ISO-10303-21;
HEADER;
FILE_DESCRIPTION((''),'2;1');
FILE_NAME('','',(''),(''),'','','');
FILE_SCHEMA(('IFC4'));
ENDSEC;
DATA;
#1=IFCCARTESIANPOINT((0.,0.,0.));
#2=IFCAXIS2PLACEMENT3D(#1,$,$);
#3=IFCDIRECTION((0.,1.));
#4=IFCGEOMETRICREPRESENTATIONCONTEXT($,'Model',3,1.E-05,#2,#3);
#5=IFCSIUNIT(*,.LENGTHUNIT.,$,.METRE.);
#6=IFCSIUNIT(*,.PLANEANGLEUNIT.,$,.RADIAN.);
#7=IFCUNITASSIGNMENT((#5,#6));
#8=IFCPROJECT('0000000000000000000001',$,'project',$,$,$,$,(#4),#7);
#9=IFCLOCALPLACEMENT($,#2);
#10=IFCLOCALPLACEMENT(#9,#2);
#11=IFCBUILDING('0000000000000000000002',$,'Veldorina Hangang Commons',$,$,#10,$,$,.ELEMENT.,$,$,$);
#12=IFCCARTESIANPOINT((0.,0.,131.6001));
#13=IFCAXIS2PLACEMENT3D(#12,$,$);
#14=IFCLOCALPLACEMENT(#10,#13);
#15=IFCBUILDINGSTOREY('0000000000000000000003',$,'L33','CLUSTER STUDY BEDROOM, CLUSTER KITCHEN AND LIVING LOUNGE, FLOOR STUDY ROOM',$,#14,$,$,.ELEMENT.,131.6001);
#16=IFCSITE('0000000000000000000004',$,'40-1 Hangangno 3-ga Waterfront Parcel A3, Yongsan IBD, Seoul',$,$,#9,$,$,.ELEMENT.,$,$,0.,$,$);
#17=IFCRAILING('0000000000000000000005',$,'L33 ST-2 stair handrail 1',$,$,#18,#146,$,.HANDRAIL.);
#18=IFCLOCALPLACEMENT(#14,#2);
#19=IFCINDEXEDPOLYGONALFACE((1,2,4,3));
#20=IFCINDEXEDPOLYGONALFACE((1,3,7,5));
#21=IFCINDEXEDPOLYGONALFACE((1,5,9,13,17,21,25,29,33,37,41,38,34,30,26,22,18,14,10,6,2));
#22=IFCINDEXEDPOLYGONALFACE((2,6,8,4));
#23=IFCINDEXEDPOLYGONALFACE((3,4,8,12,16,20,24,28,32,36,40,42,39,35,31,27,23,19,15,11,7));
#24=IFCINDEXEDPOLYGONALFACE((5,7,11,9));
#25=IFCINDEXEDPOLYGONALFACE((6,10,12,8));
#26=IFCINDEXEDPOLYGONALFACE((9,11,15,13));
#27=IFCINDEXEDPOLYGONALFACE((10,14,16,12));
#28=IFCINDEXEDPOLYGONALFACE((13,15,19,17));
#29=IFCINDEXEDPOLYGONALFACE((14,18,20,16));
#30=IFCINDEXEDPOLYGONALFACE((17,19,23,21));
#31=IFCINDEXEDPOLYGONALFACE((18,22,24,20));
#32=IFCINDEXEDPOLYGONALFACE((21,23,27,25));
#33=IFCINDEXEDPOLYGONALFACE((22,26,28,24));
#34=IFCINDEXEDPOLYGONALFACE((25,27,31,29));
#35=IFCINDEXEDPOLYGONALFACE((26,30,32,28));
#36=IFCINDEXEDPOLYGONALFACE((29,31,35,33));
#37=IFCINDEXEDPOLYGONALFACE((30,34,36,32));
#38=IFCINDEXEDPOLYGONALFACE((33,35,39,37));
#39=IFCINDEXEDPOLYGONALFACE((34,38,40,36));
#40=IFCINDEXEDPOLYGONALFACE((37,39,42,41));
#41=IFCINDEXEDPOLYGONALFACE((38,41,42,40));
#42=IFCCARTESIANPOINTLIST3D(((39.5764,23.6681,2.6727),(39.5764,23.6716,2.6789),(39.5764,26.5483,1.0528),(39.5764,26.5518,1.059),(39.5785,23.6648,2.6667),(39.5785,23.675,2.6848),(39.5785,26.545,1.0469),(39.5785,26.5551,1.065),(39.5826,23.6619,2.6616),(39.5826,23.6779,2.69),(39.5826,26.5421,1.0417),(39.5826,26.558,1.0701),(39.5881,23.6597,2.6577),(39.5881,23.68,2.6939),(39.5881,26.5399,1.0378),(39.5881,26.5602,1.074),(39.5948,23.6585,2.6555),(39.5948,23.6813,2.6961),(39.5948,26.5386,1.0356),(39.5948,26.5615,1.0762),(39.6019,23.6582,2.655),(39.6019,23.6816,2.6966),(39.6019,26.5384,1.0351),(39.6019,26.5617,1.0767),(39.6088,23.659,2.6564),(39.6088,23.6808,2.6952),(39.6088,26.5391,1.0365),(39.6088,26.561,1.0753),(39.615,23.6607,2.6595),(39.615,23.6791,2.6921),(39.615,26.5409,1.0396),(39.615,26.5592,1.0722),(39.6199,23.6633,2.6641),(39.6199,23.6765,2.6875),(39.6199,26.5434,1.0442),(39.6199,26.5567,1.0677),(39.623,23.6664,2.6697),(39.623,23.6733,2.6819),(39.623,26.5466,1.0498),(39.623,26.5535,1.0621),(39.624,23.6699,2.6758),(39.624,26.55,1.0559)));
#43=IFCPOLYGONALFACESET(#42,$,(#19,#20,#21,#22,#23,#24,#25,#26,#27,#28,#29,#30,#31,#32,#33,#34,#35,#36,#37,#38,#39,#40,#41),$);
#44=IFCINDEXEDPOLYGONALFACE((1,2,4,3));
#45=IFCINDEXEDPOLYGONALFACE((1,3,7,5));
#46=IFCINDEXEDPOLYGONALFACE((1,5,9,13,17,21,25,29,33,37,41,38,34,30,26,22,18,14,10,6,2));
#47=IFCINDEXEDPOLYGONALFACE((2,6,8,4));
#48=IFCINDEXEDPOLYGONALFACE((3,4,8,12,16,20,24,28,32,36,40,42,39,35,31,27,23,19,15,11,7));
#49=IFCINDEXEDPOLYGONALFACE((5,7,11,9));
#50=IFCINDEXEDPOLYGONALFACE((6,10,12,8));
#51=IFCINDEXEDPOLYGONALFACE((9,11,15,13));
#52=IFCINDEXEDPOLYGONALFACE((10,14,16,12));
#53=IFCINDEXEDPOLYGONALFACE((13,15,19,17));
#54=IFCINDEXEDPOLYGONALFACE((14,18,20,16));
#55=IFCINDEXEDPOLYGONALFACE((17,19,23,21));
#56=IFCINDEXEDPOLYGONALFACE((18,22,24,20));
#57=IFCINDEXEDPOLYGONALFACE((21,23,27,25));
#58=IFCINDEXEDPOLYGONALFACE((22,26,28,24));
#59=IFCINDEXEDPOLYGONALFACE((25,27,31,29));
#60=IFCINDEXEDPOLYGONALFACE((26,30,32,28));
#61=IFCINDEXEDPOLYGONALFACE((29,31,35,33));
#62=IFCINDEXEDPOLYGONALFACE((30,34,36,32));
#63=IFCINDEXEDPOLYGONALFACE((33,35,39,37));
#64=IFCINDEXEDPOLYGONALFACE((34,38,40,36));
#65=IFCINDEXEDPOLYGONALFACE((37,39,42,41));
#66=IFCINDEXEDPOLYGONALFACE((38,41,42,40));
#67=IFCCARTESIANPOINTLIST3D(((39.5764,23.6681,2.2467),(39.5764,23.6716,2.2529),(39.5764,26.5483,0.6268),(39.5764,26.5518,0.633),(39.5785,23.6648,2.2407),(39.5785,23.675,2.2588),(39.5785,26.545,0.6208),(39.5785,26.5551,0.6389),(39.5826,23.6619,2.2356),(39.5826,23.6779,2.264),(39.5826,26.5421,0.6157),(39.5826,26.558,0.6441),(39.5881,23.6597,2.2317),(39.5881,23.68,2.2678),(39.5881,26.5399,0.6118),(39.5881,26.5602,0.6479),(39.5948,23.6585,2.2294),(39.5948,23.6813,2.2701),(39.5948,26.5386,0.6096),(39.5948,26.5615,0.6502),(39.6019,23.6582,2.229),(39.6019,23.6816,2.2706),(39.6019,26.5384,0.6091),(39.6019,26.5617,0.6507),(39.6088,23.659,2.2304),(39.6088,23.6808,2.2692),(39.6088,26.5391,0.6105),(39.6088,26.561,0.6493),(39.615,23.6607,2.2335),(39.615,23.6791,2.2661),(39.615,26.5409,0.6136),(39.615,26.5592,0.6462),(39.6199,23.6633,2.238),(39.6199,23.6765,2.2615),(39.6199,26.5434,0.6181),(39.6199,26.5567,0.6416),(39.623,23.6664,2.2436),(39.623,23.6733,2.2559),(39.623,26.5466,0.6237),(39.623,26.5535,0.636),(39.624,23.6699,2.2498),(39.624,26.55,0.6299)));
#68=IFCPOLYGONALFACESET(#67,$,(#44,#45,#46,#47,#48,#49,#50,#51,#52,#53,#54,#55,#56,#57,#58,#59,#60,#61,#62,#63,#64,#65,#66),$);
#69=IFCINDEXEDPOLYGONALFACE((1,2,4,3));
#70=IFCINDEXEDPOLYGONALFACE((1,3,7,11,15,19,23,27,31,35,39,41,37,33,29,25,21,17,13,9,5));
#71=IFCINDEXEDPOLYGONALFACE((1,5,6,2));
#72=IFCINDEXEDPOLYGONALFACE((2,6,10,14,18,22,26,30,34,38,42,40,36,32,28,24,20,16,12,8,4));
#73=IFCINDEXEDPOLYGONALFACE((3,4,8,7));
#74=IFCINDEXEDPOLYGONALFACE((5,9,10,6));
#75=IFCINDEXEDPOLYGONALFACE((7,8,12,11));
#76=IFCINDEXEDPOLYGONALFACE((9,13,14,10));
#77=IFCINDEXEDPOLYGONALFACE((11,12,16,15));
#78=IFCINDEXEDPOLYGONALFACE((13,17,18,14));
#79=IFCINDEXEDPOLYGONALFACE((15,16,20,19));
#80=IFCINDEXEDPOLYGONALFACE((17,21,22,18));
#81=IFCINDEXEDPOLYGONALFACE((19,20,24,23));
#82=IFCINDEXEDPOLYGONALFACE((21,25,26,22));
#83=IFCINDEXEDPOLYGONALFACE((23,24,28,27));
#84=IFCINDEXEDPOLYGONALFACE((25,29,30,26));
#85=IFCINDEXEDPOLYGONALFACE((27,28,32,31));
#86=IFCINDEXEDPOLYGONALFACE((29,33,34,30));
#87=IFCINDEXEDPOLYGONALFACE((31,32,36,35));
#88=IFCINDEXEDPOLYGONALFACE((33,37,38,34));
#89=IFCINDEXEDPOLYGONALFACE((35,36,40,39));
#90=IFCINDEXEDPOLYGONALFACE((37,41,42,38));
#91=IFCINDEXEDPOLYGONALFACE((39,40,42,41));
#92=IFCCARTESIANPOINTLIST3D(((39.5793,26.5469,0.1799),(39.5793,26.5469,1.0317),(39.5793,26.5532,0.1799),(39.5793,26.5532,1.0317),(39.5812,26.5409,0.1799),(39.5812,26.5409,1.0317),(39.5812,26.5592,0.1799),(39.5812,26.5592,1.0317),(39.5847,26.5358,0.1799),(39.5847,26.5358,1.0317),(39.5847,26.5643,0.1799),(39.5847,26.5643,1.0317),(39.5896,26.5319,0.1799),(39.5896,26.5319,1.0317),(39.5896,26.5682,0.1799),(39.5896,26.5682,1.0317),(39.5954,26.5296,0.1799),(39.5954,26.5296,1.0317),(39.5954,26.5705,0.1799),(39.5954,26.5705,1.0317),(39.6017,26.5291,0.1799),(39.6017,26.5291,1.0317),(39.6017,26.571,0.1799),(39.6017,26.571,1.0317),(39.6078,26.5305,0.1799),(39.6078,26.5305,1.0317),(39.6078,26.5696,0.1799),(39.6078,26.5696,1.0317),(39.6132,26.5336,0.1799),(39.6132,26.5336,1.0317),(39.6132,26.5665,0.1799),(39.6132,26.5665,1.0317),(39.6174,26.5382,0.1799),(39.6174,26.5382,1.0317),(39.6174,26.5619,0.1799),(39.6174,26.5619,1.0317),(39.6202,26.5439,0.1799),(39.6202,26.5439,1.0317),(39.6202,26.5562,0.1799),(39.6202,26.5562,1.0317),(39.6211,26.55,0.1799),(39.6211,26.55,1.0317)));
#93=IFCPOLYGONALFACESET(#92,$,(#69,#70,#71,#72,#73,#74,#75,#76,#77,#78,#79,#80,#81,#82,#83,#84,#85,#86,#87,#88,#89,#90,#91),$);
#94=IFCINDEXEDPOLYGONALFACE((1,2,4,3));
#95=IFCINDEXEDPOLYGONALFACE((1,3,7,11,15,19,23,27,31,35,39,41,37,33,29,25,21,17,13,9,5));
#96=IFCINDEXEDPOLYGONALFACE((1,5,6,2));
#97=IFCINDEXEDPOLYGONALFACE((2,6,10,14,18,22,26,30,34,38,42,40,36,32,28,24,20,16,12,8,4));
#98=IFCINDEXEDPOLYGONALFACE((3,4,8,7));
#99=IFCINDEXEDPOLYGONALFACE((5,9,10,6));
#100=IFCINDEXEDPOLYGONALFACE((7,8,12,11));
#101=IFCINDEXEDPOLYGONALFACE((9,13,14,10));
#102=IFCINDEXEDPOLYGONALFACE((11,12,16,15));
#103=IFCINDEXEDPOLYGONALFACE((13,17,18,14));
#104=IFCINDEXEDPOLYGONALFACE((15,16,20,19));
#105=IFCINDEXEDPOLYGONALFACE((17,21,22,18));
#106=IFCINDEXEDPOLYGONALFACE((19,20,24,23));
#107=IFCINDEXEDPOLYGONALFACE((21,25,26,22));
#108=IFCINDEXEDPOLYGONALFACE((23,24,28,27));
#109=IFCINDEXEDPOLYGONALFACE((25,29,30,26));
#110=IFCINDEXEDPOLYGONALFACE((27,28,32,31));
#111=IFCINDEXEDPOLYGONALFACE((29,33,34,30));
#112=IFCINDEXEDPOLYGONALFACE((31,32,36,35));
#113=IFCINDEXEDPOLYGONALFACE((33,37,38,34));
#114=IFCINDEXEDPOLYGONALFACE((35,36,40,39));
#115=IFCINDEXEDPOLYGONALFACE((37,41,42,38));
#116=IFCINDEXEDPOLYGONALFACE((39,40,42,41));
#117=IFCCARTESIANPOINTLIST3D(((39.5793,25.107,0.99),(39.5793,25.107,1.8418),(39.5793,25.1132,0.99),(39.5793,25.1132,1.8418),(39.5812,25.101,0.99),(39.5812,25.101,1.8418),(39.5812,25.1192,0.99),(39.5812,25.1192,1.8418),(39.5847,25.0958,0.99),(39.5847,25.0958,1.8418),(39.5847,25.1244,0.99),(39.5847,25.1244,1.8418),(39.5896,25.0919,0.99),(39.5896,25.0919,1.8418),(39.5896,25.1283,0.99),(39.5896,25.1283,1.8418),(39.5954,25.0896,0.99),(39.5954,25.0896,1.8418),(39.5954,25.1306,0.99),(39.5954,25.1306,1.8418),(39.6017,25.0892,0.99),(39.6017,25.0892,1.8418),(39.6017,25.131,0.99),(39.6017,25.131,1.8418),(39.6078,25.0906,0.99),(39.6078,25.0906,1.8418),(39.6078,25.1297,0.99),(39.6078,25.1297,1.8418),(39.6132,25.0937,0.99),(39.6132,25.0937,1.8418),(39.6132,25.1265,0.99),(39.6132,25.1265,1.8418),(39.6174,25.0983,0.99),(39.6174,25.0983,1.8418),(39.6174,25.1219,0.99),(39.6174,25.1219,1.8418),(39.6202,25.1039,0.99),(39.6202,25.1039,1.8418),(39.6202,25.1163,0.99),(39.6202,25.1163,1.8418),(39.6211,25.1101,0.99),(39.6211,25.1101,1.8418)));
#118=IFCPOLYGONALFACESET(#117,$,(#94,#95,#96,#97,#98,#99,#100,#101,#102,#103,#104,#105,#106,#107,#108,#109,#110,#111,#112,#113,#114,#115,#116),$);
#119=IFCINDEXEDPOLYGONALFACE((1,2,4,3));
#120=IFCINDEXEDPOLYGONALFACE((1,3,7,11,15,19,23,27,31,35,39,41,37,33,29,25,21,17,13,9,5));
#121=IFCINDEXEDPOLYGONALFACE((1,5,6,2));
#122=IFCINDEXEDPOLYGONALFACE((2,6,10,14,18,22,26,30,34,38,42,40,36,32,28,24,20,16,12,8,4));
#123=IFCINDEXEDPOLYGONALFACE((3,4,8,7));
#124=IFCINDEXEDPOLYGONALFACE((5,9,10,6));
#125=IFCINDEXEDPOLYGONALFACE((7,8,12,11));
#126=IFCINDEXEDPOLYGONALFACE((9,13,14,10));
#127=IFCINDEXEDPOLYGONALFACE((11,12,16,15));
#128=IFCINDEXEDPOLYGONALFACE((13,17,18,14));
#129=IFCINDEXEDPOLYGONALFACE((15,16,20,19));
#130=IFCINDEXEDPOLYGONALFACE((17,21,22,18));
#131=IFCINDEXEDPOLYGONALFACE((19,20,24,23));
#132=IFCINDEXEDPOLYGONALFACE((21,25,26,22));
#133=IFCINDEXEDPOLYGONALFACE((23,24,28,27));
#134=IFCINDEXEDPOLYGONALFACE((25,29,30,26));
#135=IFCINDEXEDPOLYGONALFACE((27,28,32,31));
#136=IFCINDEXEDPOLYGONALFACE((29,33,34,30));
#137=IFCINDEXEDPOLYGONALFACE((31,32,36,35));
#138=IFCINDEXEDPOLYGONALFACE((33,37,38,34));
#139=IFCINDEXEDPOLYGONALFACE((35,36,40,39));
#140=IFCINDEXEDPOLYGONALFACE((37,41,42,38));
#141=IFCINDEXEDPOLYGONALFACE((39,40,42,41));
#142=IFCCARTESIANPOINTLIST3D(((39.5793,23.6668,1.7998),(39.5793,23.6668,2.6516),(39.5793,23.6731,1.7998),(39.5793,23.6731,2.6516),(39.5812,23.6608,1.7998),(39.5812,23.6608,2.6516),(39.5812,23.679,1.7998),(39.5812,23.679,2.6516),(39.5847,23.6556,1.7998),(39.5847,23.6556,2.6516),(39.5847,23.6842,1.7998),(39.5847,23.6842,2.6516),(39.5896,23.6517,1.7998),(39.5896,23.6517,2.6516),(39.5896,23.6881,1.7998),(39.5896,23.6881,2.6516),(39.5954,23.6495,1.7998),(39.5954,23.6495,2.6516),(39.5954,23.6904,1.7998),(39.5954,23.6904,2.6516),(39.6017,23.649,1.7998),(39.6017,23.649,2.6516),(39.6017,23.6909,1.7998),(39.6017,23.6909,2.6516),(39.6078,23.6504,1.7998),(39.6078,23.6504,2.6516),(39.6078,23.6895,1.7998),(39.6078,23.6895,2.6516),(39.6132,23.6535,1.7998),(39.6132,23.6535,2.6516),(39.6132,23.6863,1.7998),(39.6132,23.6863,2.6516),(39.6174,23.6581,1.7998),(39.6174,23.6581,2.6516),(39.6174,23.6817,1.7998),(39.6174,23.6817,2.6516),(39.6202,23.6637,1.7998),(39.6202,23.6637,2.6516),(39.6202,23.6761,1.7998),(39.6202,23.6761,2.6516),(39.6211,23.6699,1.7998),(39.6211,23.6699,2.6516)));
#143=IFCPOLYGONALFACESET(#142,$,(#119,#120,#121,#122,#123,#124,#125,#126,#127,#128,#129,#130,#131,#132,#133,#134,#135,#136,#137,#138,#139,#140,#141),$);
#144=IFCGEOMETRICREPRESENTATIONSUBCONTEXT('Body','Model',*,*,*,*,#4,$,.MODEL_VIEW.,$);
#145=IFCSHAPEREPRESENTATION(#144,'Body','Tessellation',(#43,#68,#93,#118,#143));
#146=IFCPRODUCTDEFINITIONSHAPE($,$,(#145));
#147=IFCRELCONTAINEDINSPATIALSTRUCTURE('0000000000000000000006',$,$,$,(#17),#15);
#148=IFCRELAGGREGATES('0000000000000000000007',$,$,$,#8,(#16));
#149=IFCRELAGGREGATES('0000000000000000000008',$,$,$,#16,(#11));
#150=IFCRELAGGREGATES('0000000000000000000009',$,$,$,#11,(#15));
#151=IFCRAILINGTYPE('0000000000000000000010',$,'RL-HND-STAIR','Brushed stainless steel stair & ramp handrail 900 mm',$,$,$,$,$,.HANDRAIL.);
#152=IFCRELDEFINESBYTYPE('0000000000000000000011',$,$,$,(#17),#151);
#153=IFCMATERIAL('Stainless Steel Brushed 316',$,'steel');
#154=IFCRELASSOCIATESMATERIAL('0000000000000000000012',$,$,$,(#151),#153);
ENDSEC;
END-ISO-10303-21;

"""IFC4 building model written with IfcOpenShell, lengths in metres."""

from ifc_helpers import new_model, si_unit, direction, frame, origin, origin_2d, place, context, subcontext, project, spatial, circle, extrude, material, type_object, element, save


model = new_model("IFC4")

# Units and contexts
model_context = context("Model", 3, precision=1e-05, world=origin(), true_north=direction((0.0, 1.0)))
body_context = subcontext(model_context, "Body", "Model", "MODEL_VIEW")
ifc_project = project(units=[si_unit("LENGTHUNIT", "METRE"), si_unit("PLANEANGLEUNIT", "RADIAN")], contexts=[model_context])

# Site, building, storey
site_placement = place(None, origin())
site = spatial("IfcSite", under=ifc_project, at=site_placement, Name="40-1 Hangangno 3-ga Waterfront Parcel A3, Yongsan IBD, Seoul", CompositionType="ELEMENT", RefElevation=0.0)
building_placement = place(site_placement, origin())
building = spatial("IfcBuilding", under=site, at=building_placement, Name="Veldorina Hangang Commons", CompositionType="ELEMENT")
storey_placement = place(building_placement, frame((0.0, 0.0, 131.6001)))
storey = spatial("IfcBuildingStorey", under=building, at=storey_placement, Name="L33", Description="CLUSTER STUDY BEDROOM, CLUSTER KITCHEN AND LIVING LOUNGE, FLOOR STUDY ROOM", CompositionType="ELEMENT", Elevation=131.6001)

# Railing
ifc_material_1 = material(Name="Stainless Steel Brushed 316", Category="steel")
railing_type_1 = type_object("IfcRailingType", Name="RL-HND-STAIR", Description="Brushed stainless steel stair & ramp handrail 900 mm", PredefinedType="HANDRAIL", material=ifc_material_1)
railing_1_placement = place(storey_placement, frame((39.6001, 26.55, 0.1799)))
element("IfcRailing", 1, at=railing_1_placement, inside=storey, type_object=railing_type_1, Name="L33 ST-2 stair handrail 1", PredefinedType="HANDRAIL", context=body_context, shape_type="SweptSolid", body=[
    extrude(circle(Radius=0.0239, at=origin_2d()), frame((0.0, 0.0, 0.876), z_axis=(0.0, -0.871601, 0.490216), x_axis=(1.0, 0.0, 0.0)), (0.0, 0.0, 1.0), 3.3044),
    extrude(circle(Radius=0.0239, at=origin_2d()), frame((0.0, 0.0, 0.45), z_axis=(0.0, -0.871601, 0.490216), x_axis=(1.0, 0.0, 0.0)), (0.0, 0.0, 1.0), 3.3044),
    extrude(circle(Radius=0.021, at=origin_2d()), origin(), (0.0, 0.0, 1.0), 0.8518),
    extrude(circle(Radius=0.021, at=origin_2d()), frame((0.0, -1.4399, 0.8101)), (0.0, 0.0, 1.0), 0.8518),
    extrude(circle(Radius=0.021, at=origin_2d()), frame((0.0, -2.8801, 1.6199)), (0.0, 0.0, 1.0), 0.8518),
])

save(model, "model.ifc")
